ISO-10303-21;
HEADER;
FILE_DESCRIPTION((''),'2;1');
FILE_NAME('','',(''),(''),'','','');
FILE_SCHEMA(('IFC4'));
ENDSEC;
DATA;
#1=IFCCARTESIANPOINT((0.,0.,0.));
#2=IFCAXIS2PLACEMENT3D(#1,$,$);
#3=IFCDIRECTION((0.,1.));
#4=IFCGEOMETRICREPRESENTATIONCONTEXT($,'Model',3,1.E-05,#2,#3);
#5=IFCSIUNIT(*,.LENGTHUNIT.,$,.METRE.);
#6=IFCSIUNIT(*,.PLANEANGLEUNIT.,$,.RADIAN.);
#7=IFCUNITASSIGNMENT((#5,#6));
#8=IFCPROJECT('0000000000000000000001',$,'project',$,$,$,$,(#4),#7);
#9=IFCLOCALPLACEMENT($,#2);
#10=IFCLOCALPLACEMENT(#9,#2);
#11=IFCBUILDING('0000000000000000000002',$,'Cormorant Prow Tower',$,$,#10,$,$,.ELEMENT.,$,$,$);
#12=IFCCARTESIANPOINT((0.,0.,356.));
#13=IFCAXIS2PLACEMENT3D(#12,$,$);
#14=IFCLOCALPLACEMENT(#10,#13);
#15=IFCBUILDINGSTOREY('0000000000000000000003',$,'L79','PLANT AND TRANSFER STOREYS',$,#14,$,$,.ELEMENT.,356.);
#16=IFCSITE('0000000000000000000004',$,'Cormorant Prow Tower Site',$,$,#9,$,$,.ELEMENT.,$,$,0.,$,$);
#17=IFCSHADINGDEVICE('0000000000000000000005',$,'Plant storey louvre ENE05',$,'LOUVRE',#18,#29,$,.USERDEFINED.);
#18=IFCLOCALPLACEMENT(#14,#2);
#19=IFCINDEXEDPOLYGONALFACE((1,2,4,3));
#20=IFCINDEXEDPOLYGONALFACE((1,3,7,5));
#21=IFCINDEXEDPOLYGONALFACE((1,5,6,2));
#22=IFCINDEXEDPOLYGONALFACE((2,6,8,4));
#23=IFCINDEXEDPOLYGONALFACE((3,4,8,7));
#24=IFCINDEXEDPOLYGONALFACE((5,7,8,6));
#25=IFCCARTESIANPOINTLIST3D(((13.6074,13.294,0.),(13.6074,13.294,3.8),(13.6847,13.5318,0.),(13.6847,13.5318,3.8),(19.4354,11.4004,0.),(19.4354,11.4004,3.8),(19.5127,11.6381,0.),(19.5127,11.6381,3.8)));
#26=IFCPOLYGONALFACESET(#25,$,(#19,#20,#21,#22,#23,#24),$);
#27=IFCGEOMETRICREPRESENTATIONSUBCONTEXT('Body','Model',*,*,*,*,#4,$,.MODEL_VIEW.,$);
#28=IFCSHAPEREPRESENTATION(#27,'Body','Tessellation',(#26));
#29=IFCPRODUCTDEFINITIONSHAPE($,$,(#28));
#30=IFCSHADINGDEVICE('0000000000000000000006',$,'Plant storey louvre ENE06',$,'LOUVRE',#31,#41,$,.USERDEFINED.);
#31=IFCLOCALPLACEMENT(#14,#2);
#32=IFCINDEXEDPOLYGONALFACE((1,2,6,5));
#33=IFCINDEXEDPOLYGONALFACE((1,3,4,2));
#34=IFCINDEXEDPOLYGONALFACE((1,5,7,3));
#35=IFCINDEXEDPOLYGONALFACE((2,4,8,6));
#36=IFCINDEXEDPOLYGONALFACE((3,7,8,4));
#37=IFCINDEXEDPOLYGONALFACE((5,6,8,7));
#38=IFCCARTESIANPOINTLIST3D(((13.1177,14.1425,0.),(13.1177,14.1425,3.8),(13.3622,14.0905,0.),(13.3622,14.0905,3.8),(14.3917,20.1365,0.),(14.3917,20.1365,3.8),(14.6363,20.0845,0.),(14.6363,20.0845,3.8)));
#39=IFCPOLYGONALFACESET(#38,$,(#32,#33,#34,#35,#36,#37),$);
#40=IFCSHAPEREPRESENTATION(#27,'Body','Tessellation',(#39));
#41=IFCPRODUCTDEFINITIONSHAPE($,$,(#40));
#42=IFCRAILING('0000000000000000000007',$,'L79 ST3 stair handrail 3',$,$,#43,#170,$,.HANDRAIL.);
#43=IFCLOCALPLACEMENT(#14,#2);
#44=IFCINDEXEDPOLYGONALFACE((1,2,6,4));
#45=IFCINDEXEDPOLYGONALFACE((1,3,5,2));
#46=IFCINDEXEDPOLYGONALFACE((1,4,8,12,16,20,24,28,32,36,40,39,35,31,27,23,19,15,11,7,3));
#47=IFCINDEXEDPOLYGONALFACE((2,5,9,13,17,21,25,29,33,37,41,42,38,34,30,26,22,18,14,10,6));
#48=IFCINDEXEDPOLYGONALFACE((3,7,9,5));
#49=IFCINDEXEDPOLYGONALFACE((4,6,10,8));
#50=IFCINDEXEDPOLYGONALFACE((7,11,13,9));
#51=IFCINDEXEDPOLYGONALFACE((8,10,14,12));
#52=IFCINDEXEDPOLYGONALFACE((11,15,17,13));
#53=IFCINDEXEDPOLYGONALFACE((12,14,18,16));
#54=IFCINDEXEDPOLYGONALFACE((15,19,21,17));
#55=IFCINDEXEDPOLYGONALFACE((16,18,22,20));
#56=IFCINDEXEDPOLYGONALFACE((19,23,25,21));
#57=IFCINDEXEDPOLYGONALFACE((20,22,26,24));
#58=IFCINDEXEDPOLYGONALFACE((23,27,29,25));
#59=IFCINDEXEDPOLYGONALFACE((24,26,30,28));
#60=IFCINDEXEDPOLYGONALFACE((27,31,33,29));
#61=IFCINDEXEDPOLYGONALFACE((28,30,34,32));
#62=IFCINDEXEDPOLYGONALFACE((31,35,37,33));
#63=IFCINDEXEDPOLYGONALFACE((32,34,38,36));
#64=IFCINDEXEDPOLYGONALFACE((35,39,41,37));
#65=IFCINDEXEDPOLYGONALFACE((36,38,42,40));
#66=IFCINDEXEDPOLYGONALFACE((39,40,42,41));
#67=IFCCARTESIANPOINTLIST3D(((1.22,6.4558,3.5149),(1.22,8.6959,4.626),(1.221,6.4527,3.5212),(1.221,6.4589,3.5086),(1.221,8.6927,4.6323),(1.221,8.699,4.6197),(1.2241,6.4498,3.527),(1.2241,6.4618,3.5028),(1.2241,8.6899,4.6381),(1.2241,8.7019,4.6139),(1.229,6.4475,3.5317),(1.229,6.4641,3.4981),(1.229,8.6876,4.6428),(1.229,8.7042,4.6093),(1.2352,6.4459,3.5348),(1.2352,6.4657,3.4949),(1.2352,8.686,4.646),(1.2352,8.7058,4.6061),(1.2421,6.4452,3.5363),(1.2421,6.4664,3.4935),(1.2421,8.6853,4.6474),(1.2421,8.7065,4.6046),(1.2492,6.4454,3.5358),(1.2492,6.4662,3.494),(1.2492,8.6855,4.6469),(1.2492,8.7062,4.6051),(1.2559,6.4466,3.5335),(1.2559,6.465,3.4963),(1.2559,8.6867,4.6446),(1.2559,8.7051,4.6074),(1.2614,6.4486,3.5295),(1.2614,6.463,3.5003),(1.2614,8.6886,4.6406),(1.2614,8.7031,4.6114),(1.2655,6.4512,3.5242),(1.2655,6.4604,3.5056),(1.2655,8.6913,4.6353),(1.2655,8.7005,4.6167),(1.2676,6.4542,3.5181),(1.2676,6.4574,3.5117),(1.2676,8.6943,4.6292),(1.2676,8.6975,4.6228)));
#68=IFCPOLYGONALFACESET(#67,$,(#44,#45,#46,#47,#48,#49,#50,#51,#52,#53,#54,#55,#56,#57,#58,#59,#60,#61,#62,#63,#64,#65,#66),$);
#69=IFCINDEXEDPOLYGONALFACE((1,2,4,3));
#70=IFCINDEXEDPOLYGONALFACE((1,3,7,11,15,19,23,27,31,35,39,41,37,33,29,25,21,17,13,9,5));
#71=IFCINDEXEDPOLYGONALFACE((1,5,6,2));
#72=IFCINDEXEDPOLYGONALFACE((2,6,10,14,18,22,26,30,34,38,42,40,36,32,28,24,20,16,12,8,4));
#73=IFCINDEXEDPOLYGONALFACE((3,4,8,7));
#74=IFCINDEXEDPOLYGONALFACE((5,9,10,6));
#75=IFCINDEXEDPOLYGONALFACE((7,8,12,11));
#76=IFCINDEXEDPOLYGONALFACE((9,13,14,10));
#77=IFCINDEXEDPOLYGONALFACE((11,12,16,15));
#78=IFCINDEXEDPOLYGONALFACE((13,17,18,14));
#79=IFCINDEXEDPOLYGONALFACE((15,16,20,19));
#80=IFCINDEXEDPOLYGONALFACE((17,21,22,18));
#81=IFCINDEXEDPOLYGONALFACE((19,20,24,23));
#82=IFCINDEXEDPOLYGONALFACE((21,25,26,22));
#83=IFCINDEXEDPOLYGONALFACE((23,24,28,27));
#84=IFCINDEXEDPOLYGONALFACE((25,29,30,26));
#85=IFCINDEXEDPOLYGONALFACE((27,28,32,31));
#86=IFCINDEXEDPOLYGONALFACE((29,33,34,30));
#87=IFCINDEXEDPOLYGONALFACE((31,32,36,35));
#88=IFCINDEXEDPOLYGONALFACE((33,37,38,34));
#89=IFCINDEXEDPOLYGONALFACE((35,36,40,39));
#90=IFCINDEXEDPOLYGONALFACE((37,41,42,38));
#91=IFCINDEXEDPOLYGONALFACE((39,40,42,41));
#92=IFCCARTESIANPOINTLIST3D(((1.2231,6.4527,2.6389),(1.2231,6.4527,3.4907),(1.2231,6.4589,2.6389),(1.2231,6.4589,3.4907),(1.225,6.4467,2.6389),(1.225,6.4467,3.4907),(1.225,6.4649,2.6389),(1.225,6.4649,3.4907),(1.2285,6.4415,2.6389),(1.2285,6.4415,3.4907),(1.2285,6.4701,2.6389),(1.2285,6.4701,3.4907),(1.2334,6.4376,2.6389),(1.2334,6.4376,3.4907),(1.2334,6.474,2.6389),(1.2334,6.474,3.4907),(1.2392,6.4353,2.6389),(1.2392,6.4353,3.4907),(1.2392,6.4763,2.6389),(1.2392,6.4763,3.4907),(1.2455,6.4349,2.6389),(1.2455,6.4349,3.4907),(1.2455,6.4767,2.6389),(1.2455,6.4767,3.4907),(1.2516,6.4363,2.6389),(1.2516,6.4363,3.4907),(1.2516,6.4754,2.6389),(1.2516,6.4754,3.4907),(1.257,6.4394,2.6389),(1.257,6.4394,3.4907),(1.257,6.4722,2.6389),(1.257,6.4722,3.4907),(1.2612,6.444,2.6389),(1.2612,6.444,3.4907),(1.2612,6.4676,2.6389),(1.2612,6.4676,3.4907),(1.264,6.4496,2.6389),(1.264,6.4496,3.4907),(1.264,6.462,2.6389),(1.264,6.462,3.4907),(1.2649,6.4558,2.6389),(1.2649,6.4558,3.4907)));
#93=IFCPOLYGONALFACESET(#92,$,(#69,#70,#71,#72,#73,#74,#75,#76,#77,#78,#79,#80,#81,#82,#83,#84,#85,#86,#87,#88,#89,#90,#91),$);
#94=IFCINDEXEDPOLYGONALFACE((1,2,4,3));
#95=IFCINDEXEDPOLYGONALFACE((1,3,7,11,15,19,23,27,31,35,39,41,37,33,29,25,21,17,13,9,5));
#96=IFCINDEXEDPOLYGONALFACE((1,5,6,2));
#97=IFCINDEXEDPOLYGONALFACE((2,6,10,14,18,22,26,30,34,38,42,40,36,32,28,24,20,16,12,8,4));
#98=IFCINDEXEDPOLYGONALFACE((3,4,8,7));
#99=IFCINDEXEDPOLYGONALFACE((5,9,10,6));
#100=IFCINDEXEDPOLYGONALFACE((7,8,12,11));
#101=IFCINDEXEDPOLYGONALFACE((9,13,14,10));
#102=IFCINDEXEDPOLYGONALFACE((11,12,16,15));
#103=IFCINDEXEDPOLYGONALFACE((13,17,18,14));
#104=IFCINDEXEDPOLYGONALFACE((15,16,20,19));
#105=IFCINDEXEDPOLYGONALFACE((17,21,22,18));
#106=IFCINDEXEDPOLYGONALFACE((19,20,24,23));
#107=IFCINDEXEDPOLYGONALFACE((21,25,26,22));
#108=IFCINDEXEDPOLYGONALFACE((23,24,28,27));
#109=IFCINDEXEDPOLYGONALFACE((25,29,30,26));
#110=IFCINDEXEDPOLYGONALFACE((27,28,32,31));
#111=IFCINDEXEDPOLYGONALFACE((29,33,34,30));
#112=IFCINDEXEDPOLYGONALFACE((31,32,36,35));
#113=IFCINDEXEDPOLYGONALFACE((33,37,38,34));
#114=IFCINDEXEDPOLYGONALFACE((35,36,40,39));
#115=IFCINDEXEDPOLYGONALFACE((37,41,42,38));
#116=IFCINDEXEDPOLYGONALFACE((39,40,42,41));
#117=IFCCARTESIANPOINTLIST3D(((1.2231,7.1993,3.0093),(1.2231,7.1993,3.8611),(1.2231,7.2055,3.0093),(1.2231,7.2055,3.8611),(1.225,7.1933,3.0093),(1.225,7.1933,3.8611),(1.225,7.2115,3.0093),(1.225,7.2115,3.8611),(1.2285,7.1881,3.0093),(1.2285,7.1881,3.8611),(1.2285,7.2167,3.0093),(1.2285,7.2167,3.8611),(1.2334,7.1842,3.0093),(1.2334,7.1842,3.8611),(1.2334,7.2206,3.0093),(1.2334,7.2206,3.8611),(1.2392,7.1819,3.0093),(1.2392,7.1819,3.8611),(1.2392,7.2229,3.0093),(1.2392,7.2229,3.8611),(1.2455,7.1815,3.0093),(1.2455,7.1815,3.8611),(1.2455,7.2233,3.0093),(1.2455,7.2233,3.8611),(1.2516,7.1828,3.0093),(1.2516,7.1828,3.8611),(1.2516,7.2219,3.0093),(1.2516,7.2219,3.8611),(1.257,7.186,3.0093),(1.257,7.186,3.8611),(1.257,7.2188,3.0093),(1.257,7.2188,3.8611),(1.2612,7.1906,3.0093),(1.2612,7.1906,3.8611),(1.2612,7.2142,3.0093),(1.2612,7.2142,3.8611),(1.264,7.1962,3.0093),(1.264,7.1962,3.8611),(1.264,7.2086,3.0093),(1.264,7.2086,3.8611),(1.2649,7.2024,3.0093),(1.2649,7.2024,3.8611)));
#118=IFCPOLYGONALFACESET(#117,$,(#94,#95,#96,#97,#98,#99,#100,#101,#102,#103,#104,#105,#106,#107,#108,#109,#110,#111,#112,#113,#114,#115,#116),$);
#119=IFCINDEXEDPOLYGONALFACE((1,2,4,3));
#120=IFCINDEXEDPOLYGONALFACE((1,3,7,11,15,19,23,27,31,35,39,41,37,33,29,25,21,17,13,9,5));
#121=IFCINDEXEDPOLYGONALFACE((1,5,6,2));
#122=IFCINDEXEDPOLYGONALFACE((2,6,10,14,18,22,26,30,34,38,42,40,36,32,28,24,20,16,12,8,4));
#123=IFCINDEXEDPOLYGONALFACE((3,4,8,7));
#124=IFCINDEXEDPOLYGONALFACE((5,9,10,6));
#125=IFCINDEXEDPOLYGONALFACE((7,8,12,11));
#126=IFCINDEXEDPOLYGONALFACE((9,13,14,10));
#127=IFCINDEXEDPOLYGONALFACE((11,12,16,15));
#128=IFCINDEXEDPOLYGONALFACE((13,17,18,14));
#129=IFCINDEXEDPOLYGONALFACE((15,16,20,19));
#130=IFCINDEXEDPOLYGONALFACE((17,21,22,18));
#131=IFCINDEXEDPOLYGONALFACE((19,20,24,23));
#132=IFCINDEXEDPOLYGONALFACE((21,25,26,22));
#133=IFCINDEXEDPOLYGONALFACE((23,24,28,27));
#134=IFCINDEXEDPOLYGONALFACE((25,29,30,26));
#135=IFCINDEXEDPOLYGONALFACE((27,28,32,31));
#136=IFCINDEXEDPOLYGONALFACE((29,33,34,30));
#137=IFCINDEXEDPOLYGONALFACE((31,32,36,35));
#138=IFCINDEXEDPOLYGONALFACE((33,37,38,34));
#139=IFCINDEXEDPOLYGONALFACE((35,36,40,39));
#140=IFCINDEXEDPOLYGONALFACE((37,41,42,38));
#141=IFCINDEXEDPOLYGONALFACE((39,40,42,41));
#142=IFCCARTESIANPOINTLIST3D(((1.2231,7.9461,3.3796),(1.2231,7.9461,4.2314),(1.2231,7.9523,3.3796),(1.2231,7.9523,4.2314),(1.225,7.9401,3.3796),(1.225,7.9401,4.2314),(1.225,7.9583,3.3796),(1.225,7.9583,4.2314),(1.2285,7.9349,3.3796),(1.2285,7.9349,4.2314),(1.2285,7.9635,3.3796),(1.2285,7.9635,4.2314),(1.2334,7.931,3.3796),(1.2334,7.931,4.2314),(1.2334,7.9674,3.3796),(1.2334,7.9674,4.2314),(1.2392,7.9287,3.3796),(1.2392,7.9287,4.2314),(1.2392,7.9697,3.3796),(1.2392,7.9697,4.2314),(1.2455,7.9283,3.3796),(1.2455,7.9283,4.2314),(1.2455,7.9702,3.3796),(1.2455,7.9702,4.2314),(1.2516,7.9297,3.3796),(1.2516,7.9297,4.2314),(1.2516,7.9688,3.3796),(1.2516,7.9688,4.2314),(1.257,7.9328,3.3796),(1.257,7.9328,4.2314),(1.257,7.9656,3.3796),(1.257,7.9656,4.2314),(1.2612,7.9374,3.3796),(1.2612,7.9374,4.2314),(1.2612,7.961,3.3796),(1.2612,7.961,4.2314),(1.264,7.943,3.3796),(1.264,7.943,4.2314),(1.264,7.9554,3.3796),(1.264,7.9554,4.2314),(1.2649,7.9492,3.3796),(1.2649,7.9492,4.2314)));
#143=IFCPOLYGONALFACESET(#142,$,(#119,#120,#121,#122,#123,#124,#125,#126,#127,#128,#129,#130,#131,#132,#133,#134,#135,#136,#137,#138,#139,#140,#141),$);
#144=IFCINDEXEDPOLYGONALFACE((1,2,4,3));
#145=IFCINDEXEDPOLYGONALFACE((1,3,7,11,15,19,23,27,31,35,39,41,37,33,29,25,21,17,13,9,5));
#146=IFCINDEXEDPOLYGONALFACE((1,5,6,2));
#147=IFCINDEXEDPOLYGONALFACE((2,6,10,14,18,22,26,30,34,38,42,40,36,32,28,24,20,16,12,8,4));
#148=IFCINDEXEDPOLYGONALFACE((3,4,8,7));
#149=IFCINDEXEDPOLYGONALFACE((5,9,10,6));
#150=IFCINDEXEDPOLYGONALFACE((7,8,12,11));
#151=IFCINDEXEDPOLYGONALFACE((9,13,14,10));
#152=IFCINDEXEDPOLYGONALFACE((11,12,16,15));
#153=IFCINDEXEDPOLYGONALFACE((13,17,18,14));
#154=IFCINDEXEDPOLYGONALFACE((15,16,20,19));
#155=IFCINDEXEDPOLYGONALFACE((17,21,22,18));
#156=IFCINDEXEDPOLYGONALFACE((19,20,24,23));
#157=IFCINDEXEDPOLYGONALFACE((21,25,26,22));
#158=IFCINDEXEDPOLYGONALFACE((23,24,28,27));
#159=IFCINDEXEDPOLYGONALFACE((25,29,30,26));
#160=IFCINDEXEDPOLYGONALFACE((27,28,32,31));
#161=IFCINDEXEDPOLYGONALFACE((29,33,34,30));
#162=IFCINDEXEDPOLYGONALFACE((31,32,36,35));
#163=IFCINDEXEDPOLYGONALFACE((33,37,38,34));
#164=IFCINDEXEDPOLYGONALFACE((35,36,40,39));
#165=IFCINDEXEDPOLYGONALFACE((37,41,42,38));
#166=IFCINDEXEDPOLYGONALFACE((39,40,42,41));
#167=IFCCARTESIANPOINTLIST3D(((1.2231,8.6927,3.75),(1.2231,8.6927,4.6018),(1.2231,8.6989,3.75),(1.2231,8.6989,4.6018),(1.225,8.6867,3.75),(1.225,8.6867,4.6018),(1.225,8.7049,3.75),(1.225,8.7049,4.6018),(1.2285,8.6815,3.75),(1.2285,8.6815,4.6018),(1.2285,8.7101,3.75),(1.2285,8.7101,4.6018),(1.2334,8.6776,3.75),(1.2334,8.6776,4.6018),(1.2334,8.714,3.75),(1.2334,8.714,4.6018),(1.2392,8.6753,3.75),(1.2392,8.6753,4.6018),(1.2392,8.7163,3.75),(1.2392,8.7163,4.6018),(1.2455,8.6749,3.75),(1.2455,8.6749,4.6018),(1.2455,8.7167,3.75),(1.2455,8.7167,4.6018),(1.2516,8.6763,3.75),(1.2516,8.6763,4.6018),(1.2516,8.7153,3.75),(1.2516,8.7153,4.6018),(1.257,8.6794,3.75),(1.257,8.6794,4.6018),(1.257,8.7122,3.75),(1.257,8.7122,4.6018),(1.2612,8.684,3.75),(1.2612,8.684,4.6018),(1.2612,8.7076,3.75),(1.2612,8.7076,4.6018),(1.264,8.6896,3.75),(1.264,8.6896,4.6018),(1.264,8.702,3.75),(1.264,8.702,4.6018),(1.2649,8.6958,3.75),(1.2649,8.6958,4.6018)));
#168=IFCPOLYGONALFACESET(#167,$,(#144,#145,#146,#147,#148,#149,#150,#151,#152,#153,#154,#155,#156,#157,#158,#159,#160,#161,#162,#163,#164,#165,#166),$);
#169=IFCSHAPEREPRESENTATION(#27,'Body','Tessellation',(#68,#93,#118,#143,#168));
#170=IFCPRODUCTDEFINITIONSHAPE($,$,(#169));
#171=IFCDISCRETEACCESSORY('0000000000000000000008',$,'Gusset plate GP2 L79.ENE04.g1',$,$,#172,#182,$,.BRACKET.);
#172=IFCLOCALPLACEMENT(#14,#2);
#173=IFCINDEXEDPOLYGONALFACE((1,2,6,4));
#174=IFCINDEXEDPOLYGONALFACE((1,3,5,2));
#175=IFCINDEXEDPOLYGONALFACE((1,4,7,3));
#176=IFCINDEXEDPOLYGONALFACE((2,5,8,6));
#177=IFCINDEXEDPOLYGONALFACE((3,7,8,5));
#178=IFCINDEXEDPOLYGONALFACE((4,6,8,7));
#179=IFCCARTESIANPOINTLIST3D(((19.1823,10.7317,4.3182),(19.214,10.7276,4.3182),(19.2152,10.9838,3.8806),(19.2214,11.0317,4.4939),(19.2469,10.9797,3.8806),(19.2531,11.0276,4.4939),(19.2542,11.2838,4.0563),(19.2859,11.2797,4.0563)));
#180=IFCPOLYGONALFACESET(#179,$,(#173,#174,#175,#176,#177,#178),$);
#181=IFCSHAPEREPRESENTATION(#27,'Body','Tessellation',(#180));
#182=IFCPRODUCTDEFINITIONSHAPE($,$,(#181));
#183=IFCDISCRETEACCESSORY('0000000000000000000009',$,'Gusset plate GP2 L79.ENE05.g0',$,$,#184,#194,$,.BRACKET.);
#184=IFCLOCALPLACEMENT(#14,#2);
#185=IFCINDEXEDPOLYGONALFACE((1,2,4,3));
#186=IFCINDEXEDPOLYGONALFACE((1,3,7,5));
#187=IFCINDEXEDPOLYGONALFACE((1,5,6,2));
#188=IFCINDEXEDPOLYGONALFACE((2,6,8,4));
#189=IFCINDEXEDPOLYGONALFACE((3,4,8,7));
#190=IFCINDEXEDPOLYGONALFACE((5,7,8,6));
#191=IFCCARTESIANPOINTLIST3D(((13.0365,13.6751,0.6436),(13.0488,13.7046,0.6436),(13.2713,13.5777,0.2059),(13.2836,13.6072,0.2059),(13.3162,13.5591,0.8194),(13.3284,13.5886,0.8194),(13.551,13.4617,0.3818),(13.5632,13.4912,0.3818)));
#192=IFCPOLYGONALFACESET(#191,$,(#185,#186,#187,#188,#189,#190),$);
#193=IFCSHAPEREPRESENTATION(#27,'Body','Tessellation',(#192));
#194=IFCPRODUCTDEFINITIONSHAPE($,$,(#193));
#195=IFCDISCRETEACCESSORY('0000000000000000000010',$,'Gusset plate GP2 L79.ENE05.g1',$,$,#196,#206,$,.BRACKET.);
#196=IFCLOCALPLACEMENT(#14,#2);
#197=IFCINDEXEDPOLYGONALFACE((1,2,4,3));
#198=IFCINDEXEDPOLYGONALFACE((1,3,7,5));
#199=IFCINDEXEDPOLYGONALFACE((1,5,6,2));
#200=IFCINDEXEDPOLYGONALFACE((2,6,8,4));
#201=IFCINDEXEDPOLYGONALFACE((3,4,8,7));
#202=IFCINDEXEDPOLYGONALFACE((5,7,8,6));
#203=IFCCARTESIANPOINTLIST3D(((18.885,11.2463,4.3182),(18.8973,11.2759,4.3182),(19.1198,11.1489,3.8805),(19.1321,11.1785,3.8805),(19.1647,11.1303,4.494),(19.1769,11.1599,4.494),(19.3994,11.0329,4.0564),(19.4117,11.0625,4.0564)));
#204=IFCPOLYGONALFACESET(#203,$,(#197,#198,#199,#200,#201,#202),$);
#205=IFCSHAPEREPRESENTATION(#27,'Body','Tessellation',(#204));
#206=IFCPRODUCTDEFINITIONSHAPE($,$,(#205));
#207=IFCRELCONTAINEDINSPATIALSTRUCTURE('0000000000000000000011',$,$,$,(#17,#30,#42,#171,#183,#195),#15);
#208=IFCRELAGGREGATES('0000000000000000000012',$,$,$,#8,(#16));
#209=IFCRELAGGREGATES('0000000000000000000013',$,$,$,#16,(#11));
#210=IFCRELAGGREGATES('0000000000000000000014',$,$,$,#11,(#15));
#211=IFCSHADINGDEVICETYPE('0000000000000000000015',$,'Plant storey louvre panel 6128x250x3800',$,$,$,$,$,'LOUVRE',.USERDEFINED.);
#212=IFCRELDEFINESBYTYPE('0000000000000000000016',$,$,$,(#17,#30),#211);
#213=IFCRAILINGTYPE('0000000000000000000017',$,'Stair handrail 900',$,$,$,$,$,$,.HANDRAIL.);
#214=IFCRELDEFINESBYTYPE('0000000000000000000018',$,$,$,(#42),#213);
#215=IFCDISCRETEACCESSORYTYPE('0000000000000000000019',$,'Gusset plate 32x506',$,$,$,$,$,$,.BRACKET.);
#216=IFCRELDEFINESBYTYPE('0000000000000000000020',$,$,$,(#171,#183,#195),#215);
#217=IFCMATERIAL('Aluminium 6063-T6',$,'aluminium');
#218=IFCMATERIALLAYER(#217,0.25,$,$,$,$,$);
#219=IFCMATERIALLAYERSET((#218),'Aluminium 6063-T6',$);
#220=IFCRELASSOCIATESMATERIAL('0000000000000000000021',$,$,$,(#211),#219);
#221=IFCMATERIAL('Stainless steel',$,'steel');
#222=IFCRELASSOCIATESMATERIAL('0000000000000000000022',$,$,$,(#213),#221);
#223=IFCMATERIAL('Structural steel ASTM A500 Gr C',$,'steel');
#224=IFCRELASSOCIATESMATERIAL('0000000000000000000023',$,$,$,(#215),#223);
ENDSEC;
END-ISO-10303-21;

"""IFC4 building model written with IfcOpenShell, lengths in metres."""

from ifc_helpers import new_model, si_unit, direction, frame, origin, origin_2d, place, context, subcontext, project, spatial, rectangle, circle, extrude, material, layer, layer_set, material_profile, profile_set, type_object, element, save


model = new_model("IFC4")

# Units and contexts
model_context = context("Model", 3, precision=1e-05, world=origin(), true_north=direction((0.0, 1.0)))
body_context = subcontext(model_context, "Body", "Model", "MODEL_VIEW")
ifc_project = project(units=[si_unit("LENGTHUNIT", "METRE"), si_unit("PLANEANGLEUNIT", "RADIAN")], contexts=[model_context])

# Site, building, storey
site_placement = place(None, origin())
site = spatial("IfcSite", under=ifc_project, at=site_placement, Name="Cormorant Prow Tower Site", CompositionType="ELEMENT", RefElevation=0.0)
building_placement = place(site_placement, origin())
building = spatial("IfcBuilding", under=site, at=building_placement, Name="Cormorant Prow Tower", CompositionType="ELEMENT")
storey_placement = place(building_placement, frame((0.0, 0.0, 356.0)))
storey = spatial("IfcBuildingStorey", under=building, at=storey_placement, Name="L79", Description="PLANT AND TRANSFER STOREYS", CompositionType="ELEMENT", Elevation=356.0)

# Shading devices
ifc_material_1 = material(Name="Aluminium 6063-T6", Category="aluminium")
ifc_layer_1 = layer(ifc_material_1, 0.25)
ifc_layer_set_1 = layer_set([ifc_layer_1], Name="Aluminium 6063-T6")
shading_device_type = type_object("IfcShadingDeviceType", Name="Plant storey louvre panel 6128x250x3800", ElementType="LOUVRE", PredefinedType="USERDEFINED", material=ifc_layer_set_1)
for number, where, z_axis, x_axis, name in (
    (1, (16.5601, 12.4661, 0.0), (0.0, 0.0, 1.0), (-0.951057, 0.309017, 0.0), "Plant storey louvre ENE05"),
    (2, (13.877, 17.1135, 0.0), (0.0, 0.0, 1.0), (0.207912, 0.978148, 0.0), "Plant storey louvre ENE06"),
):
    element("IfcShadingDevice", number, at=place(storey_placement, frame(where, z_axis=z_axis, x_axis=x_axis)), inside=storey, type_object=shading_device_type, Name=name, ObjectType="LOUVRE", PredefinedType="USERDEFINED", context=body_context, shape_type="SweptSolid", body=[
        extrude(rectangle(XDim=6.1279, YDim=0.25, at=origin_2d()), origin(), (0.0, 0.0, 1.0), 3.8),
    ])

# Railing
ifc_material_2 = material(Name="Stainless steel", Category="steel")
railing_type = type_object("IfcRailingType", Name="Stair handrail 900", PredefinedType="HANDRAIL", material=ifc_material_2)
railing_placement = place(storey_placement, frame((1.2439, 6.4558, 2.6389)))
element("IfcRailing", 3, at=railing_placement, inside=storey, type_object=railing_type, Name="L79 ST3 stair handrail 3", PredefinedType="HANDRAIL", context=body_context, shape_type="SweptSolid", body=[
    extrude(circle(Radius=0.0239, at=origin_2d()), frame((0.0, 0.0, 0.876), z_axis=(0.0, 0.895848, 0.44436), x_axis=(-1.0, 0.0, 0.0)), (0.0, 0.0, 1.0), 2.5005),
    extrude(circle(Radius=0.021, at=origin_2d()), origin(), (0.0, 0.0, 1.0), 0.8518),
    extrude(circle(Radius=0.021, at=origin_2d()), frame((0.0, 0.7466, 0.3704)), (0.0, 0.0, 1.0), 0.8518),
    extrude(circle(Radius=0.021, at=origin_2d()), frame((0.0, 1.4934, 0.7407)), (0.0, 0.0, 1.0), 0.8518),
    extrude(circle(Radius=0.021, at=origin_2d()), frame((0.0, 2.24, 1.1111)), (0.0, 0.0, 1.0), 0.8518),
])

# Discrete accessories
ifc_material_3 = material(Name="Structural steel ASTM A500 Gr C", Category="steel")
ifc_material_profile_1 = material_profile(ifc_material_3, rectangle(XDim=0.032, YDim=0.5061, at=origin_2d()), Name="Gusset plate 32x506")
ifc_profile_set_1 = profile_set([ifc_material_profile_1], Name="Structural steel ASTM A500 Gr C")
discrete_accessory_type_1 = type_object("IfcDiscreteAccessoryType", Name="Gusset plate 32x506", PredefinedType="BRACKET", material=ifc_profile_set_1)
discrete_accessory_1_placement = place(storey_placement, frame((19.2146, 10.8557, 4.0994), z_axis=(0.111628, 0.857443, 0.502326), x_axis=(-0.991632, 0.129098, 0.0)))
element("IfcDiscreteAccessory", 4, at=discrete_accessory_1_placement, inside=storey, type_object=discrete_accessory_type_1, Name="Gusset plate GP2 L79.ENE04.g1", PredefinedType="BRACKET", context=body_context, shape_type="SweptSolid", body=[
    extrude(rectangle(XDim=0.032, YDim=0.5061, at=origin_2d()), origin(), (0.0, 0.0, 1.0), 0.3499),
])
for number, where, z_axis, x_axis, name in (
    (5, (13.4397, 13.5251, 0.6006), (-0.79872, 0.331347, -0.502252), (-0.383183, -0.923672, 0.0), "Gusset plate GP2 L79.ENE05.g0"),
    (6, (19.0085, 11.2124, 4.0994), (0.79872, -0.331347, 0.502252), (0.383183, 0.923672, 0.0), "Gusset plate GP2 L79.ENE05.g1"),
):
    element("IfcDiscreteAccessory", number, at=place(storey_placement, frame(where, z_axis=z_axis, x_axis=x_axis)), inside=storey, type_object=discrete_accessory_type_1, Name=name, PredefinedType="BRACKET", context=body_context, shape_type="SweptSolid", body=[
        extrude(rectangle(XDim=0.032, YDim=0.5061, at=origin_2d()), origin(), (0.0, 0.0, 1.0), 0.3501),
    ])

save(model, "model.ifc")
